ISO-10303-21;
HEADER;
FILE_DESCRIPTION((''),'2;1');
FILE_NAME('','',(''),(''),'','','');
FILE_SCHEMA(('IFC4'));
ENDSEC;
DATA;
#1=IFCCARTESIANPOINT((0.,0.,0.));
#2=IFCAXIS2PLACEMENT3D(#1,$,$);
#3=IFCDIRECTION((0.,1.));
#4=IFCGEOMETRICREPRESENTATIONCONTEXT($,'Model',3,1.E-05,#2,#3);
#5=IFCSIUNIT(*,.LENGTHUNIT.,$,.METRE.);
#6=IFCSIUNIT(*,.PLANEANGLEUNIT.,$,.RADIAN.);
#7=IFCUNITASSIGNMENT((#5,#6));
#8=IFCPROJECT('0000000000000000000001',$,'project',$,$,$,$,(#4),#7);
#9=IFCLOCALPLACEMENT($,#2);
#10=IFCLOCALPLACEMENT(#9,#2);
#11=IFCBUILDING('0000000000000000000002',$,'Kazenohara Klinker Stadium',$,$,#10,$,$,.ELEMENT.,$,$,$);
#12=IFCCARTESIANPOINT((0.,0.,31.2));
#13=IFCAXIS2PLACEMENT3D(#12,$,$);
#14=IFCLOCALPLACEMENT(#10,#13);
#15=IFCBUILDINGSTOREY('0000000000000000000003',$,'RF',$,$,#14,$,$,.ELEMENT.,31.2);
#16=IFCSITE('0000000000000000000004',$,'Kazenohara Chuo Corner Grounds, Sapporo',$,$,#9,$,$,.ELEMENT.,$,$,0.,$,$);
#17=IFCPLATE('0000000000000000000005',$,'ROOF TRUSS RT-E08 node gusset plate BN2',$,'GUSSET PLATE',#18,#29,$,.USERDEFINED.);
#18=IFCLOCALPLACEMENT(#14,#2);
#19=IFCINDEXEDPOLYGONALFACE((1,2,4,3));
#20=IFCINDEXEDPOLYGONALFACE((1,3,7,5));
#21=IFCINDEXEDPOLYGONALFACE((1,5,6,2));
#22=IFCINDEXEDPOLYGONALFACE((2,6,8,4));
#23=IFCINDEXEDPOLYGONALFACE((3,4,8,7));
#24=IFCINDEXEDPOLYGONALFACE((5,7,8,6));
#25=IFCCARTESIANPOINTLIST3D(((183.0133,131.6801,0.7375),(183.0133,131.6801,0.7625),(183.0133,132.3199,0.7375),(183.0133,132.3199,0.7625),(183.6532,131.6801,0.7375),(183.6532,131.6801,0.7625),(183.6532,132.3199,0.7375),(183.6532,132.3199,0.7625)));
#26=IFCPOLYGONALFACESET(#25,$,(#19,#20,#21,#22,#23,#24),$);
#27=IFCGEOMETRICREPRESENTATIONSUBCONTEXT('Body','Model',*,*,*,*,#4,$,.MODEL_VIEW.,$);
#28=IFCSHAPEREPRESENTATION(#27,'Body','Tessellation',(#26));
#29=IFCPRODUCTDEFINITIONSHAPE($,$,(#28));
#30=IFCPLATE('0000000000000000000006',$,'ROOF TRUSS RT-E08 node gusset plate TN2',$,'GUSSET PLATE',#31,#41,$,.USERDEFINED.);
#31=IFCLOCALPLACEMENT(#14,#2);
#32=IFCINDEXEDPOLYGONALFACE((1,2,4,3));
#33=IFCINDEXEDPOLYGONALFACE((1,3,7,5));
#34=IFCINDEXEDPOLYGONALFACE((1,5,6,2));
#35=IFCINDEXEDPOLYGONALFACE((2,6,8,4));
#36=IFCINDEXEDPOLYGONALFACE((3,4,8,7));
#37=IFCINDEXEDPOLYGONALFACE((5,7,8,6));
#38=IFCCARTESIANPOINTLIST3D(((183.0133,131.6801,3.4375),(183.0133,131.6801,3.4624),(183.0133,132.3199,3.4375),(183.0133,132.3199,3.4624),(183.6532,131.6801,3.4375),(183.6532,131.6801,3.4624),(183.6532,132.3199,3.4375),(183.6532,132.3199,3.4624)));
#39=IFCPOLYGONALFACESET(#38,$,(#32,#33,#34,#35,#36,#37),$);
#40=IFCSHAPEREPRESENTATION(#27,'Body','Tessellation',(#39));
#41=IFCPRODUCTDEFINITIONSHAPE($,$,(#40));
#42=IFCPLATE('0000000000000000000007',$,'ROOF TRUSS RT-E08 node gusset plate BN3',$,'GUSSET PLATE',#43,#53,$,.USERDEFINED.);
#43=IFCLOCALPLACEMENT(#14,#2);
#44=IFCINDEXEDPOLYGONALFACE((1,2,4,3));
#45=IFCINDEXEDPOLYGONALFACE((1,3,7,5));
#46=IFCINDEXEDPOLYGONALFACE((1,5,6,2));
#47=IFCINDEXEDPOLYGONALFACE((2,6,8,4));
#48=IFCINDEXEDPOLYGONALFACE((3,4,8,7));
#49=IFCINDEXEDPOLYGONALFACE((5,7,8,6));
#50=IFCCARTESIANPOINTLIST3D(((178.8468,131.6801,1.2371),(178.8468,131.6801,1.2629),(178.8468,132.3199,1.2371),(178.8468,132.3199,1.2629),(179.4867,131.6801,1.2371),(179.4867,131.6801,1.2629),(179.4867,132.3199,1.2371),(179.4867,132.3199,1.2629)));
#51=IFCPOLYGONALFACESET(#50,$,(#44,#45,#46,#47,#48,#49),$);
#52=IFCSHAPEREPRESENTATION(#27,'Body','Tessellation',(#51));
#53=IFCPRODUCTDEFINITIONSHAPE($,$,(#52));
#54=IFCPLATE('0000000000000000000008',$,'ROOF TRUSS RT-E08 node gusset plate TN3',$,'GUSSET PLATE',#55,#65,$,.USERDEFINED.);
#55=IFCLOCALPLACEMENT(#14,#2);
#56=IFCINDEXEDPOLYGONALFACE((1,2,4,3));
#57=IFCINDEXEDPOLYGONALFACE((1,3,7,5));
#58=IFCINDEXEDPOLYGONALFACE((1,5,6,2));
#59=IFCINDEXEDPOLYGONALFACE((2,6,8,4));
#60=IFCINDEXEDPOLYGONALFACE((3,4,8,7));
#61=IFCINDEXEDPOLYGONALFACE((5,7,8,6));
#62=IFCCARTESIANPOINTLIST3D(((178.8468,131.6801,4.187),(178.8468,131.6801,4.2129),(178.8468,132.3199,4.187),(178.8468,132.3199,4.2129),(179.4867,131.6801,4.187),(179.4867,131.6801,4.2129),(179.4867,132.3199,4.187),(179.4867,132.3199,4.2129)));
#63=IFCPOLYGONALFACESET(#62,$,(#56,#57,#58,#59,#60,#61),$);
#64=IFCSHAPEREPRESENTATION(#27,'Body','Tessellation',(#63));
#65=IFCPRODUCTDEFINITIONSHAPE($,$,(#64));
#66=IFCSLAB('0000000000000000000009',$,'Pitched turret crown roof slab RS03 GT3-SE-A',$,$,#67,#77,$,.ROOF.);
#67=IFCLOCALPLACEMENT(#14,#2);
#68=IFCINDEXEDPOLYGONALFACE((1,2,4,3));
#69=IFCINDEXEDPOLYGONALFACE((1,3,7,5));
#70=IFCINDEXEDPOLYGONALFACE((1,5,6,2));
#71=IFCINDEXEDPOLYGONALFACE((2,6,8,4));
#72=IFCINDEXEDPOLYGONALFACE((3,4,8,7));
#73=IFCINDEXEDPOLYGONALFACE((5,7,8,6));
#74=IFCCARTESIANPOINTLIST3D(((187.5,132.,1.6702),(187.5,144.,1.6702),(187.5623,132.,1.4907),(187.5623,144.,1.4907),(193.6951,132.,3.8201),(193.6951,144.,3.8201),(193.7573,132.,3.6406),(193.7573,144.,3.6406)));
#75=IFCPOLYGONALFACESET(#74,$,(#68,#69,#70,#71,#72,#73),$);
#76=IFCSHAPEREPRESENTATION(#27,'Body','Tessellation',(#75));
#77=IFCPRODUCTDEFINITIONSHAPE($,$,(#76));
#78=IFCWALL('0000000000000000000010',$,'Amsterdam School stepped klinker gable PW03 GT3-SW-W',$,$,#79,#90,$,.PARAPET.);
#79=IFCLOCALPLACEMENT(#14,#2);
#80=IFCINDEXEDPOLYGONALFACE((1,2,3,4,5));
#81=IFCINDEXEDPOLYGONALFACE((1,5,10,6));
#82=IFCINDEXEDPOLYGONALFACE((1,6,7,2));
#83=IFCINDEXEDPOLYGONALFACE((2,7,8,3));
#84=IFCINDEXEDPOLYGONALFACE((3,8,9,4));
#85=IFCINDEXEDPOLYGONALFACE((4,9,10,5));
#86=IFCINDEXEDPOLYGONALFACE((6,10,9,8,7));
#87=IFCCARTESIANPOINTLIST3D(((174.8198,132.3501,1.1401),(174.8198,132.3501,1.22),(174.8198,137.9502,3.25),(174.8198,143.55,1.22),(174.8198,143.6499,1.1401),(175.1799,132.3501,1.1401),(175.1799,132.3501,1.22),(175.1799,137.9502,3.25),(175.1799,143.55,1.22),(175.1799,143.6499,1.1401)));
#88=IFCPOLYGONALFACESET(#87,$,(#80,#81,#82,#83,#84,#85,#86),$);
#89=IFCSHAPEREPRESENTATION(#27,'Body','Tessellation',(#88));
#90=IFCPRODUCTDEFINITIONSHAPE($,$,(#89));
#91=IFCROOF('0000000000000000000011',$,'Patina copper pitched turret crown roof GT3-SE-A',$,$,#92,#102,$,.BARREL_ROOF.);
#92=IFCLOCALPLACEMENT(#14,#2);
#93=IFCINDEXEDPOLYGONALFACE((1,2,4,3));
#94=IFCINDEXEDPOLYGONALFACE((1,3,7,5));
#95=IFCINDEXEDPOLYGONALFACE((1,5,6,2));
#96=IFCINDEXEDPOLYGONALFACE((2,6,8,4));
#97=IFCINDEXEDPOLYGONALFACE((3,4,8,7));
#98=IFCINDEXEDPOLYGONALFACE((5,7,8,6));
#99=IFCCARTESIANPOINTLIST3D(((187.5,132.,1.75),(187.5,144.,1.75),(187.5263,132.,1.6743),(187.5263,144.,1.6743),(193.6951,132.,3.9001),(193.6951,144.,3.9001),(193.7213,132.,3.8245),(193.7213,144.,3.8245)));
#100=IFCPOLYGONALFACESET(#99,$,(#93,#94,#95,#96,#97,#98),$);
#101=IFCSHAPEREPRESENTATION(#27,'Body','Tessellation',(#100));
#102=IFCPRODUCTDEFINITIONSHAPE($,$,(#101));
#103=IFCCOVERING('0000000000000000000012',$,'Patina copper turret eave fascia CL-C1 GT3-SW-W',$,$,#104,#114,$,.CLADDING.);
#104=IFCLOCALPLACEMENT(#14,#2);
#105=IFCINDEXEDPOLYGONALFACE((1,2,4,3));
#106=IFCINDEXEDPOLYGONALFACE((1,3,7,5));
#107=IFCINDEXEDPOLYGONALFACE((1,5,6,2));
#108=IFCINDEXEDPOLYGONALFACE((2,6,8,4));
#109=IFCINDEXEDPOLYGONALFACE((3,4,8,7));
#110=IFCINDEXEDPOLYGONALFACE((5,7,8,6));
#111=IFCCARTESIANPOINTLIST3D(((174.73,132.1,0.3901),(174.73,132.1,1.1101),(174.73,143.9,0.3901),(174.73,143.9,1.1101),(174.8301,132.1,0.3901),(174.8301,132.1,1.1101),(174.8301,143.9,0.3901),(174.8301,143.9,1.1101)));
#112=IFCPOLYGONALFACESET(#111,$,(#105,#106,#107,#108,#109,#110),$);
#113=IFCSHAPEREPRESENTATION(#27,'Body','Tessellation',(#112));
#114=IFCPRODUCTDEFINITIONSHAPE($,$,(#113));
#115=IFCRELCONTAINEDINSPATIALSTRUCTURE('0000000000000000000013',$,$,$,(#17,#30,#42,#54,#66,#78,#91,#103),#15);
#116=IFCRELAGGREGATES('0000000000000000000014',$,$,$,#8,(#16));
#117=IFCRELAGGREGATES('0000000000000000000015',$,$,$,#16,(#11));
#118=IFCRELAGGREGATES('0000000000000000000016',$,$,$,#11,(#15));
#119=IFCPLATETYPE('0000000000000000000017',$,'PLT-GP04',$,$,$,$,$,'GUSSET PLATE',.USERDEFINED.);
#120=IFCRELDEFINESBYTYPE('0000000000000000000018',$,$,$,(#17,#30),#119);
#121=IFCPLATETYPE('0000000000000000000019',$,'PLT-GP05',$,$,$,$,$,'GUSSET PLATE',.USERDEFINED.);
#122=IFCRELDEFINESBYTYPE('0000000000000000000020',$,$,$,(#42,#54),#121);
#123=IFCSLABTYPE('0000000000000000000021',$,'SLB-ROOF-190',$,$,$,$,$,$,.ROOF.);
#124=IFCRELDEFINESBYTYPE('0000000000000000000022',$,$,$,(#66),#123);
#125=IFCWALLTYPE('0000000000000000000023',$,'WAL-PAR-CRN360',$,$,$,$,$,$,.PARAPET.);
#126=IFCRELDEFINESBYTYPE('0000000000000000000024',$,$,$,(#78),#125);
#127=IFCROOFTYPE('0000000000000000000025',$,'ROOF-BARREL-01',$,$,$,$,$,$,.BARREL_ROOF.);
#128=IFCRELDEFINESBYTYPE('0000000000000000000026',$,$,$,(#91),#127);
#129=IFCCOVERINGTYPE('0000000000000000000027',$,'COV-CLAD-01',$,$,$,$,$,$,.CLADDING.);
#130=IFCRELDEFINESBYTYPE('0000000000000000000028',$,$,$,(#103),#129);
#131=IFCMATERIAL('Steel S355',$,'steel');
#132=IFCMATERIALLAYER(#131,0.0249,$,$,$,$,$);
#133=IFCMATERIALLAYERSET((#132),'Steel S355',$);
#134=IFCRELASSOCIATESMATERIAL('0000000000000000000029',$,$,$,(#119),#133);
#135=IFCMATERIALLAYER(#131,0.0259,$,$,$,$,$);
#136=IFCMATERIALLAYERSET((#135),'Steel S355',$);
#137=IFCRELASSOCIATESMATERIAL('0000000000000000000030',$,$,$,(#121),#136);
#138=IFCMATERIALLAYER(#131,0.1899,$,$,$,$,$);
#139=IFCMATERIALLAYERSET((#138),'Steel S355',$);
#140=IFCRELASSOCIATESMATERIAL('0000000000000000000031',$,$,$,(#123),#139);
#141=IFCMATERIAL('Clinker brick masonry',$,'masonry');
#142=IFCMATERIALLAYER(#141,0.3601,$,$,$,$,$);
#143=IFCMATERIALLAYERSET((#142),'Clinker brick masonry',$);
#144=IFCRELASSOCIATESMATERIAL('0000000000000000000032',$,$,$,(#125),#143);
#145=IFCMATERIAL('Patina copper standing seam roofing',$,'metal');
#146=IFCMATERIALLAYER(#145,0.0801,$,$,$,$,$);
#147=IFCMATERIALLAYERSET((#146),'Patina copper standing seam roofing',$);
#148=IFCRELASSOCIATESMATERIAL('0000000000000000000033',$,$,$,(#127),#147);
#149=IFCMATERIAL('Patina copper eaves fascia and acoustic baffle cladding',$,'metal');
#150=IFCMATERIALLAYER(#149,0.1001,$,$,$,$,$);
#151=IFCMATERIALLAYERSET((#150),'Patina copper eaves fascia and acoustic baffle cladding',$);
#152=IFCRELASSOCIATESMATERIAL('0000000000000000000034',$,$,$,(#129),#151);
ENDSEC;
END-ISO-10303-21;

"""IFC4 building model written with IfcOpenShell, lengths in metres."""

from ifc_helpers import new_model, si_unit, direction, frame, origin, origin_2d, place, context, subcontext, project, spatial, polyline, rectangle, outline, extrude, material, layer, layer_set, type_object, element, save


model = new_model("IFC4")

# Units and contexts
model_context = context("Model", 3, precision=1e-05, world=origin(), true_north=direction((0.0, 1.0)))
body_context = subcontext(model_context, "Body", "Model", "MODEL_VIEW")
ifc_project = project(units=[si_unit("LENGTHUNIT", "METRE"), si_unit("PLANEANGLEUNIT", "RADIAN")], contexts=[model_context])

# Site, building, storey
site_placement = place(None, origin())
site = spatial("IfcSite", under=ifc_project, at=site_placement, Name="Kazenohara Chuo Corner Grounds, Sapporo", CompositionType="ELEMENT", RefElevation=0.0)
building_placement = place(site_placement, origin())
building = spatial("IfcBuilding", under=site, at=building_placement, Name="Kazenohara Klinker Stadium", CompositionType="ELEMENT")
storey_placement = place(building_placement, frame((0.0, 0.0, 31.2)))
storey = spatial("IfcBuildingStorey", under=building, at=storey_placement, Name="RF", CompositionType="ELEMENT", Elevation=31.2)

# Shared definitions
ifc_material_1 = material(Name="Steel S355", Category="steel")

# Plates
ifc_layer_1 = layer(ifc_material_1, 0.0249)
ifc_layer_set_1 = layer_set([ifc_layer_1], Name="Steel S355")
plate_type_1 = type_object("IfcPlateType", Name="PLT-GP04", ElementType="GUSSET PLATE", PredefinedType="USERDEFINED", material=ifc_layer_set_1)
for number, where, z_axis, x_axis, name in (
    (1, (183.3333, 132.0, 0.7375), (0.0, 0.0, 1.0), (1.0, 0.0, 0.0), "ROOF TRUSS RT-E08 node gusset plate BN2"),
    (2, (183.3333, 132.0, 3.4375), (0.0, 0.0, 1.0), (1.0, 0.0, 0.0), "ROOF TRUSS RT-E08 node gusset plate TN2"),
):
    element("IfcPlate", number, at=place(storey_placement, frame(where, z_axis=z_axis, x_axis=x_axis)), inside=storey, type_object=plate_type_1, Name=name, ObjectType="GUSSET PLATE", PredefinedType="USERDEFINED", context=body_context, shape_type="SweptSolid", body=[
        extrude(rectangle(XDim=0.6399, YDim=0.6399, at=origin_2d()), origin(), (0.0, 0.0, 1.0), 0.0249),
    ])
ifc_layer_2 = layer(ifc_material_1, 0.0259)
ifc_layer_set_2 = layer_set([ifc_layer_2], Name="Steel S355")
plate_type_2 = type_object("IfcPlateType", Name="PLT-GP05", ElementType="GUSSET PLATE", PredefinedType="USERDEFINED", material=ifc_layer_set_2)
for number, where, z_axis, x_axis, name in (
    (3, (179.1667, 132.0, 1.2371), (0.0, 0.0, 1.0), (1.0, 0.0, 0.0), "ROOF TRUSS RT-E08 node gusset plate BN3"),
    (4, (179.1667, 132.0, 4.187), (0.0, 0.0, 1.0), (1.0, 0.0, 0.0), "ROOF TRUSS RT-E08 node gusset plate TN3"),
):
    element("IfcPlate", number, at=place(storey_placement, frame(where, z_axis=z_axis, x_axis=x_axis)), inside=storey, type_object=plate_type_2, Name=name, ObjectType="GUSSET PLATE", PredefinedType="USERDEFINED", context=body_context, shape_type="SweptSolid", body=[
        extrude(rectangle(XDim=0.6399, YDim=0.6399, at=origin_2d()), origin(), (0.0, 0.0, 1.0), 0.0259),
    ])

# Slab
ifc_layer_3 = layer(ifc_material_1, 0.1899)
ifc_layer_set_3 = layer_set([ifc_layer_3], Name="Steel S355")
slab_type = type_object("IfcSlabType", Name="SLB-ROOF-190", PredefinedType="ROOF", material=ifc_layer_set_3)
slab_placement = place(storey_placement, frame((187.5, 132.0, 1.6702), z_axis=(-0.327853, 0.0, 0.944729), x_axis=(0.944729, 0.0, 0.327853)))
element("IfcSlab", 5, at=slab_placement, inside=storey, type_object=slab_type, Name="Pitched turret crown roof slab RS03 GT3-SE-A", PredefinedType="ROOF", context=body_context, shape_type="SweptSolid", body=[
    extrude(outline(polyline([(0.0, 0.0), (6.5575, 0.0), (6.5575, 12.0), (0.0, 12.0), (0.0, 0.0)])), origin(), (0.0, 0.0, -1.0), 0.1899),
])

# Wall
ifc_material_2 = material(Name="Clinker brick masonry", Category="masonry")
ifc_layer_4 = layer(ifc_material_2, 0.3601)
ifc_layer_set_4 = layer_set([ifc_layer_4], Name="Clinker brick masonry")
wall_type = type_object("IfcWallType", Name="WAL-PAR-CRN360", PredefinedType="PARAPET", material=ifc_layer_set_4)
wall_placement = place(storey_placement, frame((175.0, 132.3501, 1.1401), z_axis=(0.0, 0.0, 1.0), x_axis=(0.0, 1.0, 0.0)))
element("IfcWall", 6, at=wall_placement, inside=storey, type_object=wall_type, Name="Amsterdam School stepped klinker gable PW03 GT3-SW-W", PredefinedType="PARAPET", context=body_context, shape_type="SweptSolid", body=[
    extrude(outline(polyline([(0.0, 0.0), (11.2998, 0.0), (11.2, 0.0798), (5.6001, 2.1099), (0.0, 0.0798), (0.0, 0.0)])), frame((0.0, 0.1802, 0.0), z_axis=(0.0, -1.0, 0.0), x_axis=(1.0, 0.0, 0.0)), (0.0, 0.0, 1.0), 0.3601),
])

# Roof
ifc_material_3 = material(Name="Patina copper standing seam roofing", Category="metal")
ifc_layer_5 = layer(ifc_material_3, 0.0801)
ifc_layer_set_5 = layer_set([ifc_layer_5], Name="Patina copper standing seam roofing")
roof_type = type_object("IfcRoofType", Name="ROOF-BARREL-01", PredefinedType="BARREL_ROOF", material=ifc_layer_set_5)
roof_placement = place(storey_placement, frame((187.5, 132.0, 1.75), z_axis=(-0.327887, 0.0, 0.944717), x_axis=(0.944717, 0.0, 0.327887)))
element("IfcRoof", 7, at=roof_placement, inside=storey, type_object=roof_type, Name="Patina copper pitched turret crown roof GT3-SE-A", PredefinedType="BARREL_ROOF", context=body_context, shape_type="SweptSolid", body=[
    extrude(outline(polyline([(0.0, 0.0), (6.5576, 0.0), (6.5576, 12.0), (0.0, 12.0), (0.0, 0.0)])), origin(), (0.0, 0.0, -1.0), 0.0801),
])

# Covering
ifc_material_4 = material(Name="Patina copper eaves fascia and acoustic baffle cladding", Category="metal")
ifc_layer_6 = layer(ifc_material_4, 0.1001)
ifc_layer_set_6 = layer_set([ifc_layer_6], Name="Patina copper eaves fascia and acoustic baffle cladding")
covering_type = type_object("IfcCoveringType", Name="COV-CLAD-01", PredefinedType="CLADDING", material=ifc_layer_set_6)
covering_placement = place(storey_placement, frame((174.78, 138.0, 0.3901), z_axis=(0.0, 0.0, 1.0), x_axis=(1.0, 0.0, 0.0)))
element("IfcCovering", 8, at=covering_placement, inside=storey, type_object=covering_type, Name="Patina copper turret eave fascia CL-C1 GT3-SW-W", PredefinedType="CLADDING", context=body_context, shape_type="SweptSolid", body=[
    extrude(rectangle(XDim=0.1001, YDim=11.8, at=origin_2d()), origin(), (0.0, 0.0, 1.0), 0.72),
])

save(model, "model.ifc")
